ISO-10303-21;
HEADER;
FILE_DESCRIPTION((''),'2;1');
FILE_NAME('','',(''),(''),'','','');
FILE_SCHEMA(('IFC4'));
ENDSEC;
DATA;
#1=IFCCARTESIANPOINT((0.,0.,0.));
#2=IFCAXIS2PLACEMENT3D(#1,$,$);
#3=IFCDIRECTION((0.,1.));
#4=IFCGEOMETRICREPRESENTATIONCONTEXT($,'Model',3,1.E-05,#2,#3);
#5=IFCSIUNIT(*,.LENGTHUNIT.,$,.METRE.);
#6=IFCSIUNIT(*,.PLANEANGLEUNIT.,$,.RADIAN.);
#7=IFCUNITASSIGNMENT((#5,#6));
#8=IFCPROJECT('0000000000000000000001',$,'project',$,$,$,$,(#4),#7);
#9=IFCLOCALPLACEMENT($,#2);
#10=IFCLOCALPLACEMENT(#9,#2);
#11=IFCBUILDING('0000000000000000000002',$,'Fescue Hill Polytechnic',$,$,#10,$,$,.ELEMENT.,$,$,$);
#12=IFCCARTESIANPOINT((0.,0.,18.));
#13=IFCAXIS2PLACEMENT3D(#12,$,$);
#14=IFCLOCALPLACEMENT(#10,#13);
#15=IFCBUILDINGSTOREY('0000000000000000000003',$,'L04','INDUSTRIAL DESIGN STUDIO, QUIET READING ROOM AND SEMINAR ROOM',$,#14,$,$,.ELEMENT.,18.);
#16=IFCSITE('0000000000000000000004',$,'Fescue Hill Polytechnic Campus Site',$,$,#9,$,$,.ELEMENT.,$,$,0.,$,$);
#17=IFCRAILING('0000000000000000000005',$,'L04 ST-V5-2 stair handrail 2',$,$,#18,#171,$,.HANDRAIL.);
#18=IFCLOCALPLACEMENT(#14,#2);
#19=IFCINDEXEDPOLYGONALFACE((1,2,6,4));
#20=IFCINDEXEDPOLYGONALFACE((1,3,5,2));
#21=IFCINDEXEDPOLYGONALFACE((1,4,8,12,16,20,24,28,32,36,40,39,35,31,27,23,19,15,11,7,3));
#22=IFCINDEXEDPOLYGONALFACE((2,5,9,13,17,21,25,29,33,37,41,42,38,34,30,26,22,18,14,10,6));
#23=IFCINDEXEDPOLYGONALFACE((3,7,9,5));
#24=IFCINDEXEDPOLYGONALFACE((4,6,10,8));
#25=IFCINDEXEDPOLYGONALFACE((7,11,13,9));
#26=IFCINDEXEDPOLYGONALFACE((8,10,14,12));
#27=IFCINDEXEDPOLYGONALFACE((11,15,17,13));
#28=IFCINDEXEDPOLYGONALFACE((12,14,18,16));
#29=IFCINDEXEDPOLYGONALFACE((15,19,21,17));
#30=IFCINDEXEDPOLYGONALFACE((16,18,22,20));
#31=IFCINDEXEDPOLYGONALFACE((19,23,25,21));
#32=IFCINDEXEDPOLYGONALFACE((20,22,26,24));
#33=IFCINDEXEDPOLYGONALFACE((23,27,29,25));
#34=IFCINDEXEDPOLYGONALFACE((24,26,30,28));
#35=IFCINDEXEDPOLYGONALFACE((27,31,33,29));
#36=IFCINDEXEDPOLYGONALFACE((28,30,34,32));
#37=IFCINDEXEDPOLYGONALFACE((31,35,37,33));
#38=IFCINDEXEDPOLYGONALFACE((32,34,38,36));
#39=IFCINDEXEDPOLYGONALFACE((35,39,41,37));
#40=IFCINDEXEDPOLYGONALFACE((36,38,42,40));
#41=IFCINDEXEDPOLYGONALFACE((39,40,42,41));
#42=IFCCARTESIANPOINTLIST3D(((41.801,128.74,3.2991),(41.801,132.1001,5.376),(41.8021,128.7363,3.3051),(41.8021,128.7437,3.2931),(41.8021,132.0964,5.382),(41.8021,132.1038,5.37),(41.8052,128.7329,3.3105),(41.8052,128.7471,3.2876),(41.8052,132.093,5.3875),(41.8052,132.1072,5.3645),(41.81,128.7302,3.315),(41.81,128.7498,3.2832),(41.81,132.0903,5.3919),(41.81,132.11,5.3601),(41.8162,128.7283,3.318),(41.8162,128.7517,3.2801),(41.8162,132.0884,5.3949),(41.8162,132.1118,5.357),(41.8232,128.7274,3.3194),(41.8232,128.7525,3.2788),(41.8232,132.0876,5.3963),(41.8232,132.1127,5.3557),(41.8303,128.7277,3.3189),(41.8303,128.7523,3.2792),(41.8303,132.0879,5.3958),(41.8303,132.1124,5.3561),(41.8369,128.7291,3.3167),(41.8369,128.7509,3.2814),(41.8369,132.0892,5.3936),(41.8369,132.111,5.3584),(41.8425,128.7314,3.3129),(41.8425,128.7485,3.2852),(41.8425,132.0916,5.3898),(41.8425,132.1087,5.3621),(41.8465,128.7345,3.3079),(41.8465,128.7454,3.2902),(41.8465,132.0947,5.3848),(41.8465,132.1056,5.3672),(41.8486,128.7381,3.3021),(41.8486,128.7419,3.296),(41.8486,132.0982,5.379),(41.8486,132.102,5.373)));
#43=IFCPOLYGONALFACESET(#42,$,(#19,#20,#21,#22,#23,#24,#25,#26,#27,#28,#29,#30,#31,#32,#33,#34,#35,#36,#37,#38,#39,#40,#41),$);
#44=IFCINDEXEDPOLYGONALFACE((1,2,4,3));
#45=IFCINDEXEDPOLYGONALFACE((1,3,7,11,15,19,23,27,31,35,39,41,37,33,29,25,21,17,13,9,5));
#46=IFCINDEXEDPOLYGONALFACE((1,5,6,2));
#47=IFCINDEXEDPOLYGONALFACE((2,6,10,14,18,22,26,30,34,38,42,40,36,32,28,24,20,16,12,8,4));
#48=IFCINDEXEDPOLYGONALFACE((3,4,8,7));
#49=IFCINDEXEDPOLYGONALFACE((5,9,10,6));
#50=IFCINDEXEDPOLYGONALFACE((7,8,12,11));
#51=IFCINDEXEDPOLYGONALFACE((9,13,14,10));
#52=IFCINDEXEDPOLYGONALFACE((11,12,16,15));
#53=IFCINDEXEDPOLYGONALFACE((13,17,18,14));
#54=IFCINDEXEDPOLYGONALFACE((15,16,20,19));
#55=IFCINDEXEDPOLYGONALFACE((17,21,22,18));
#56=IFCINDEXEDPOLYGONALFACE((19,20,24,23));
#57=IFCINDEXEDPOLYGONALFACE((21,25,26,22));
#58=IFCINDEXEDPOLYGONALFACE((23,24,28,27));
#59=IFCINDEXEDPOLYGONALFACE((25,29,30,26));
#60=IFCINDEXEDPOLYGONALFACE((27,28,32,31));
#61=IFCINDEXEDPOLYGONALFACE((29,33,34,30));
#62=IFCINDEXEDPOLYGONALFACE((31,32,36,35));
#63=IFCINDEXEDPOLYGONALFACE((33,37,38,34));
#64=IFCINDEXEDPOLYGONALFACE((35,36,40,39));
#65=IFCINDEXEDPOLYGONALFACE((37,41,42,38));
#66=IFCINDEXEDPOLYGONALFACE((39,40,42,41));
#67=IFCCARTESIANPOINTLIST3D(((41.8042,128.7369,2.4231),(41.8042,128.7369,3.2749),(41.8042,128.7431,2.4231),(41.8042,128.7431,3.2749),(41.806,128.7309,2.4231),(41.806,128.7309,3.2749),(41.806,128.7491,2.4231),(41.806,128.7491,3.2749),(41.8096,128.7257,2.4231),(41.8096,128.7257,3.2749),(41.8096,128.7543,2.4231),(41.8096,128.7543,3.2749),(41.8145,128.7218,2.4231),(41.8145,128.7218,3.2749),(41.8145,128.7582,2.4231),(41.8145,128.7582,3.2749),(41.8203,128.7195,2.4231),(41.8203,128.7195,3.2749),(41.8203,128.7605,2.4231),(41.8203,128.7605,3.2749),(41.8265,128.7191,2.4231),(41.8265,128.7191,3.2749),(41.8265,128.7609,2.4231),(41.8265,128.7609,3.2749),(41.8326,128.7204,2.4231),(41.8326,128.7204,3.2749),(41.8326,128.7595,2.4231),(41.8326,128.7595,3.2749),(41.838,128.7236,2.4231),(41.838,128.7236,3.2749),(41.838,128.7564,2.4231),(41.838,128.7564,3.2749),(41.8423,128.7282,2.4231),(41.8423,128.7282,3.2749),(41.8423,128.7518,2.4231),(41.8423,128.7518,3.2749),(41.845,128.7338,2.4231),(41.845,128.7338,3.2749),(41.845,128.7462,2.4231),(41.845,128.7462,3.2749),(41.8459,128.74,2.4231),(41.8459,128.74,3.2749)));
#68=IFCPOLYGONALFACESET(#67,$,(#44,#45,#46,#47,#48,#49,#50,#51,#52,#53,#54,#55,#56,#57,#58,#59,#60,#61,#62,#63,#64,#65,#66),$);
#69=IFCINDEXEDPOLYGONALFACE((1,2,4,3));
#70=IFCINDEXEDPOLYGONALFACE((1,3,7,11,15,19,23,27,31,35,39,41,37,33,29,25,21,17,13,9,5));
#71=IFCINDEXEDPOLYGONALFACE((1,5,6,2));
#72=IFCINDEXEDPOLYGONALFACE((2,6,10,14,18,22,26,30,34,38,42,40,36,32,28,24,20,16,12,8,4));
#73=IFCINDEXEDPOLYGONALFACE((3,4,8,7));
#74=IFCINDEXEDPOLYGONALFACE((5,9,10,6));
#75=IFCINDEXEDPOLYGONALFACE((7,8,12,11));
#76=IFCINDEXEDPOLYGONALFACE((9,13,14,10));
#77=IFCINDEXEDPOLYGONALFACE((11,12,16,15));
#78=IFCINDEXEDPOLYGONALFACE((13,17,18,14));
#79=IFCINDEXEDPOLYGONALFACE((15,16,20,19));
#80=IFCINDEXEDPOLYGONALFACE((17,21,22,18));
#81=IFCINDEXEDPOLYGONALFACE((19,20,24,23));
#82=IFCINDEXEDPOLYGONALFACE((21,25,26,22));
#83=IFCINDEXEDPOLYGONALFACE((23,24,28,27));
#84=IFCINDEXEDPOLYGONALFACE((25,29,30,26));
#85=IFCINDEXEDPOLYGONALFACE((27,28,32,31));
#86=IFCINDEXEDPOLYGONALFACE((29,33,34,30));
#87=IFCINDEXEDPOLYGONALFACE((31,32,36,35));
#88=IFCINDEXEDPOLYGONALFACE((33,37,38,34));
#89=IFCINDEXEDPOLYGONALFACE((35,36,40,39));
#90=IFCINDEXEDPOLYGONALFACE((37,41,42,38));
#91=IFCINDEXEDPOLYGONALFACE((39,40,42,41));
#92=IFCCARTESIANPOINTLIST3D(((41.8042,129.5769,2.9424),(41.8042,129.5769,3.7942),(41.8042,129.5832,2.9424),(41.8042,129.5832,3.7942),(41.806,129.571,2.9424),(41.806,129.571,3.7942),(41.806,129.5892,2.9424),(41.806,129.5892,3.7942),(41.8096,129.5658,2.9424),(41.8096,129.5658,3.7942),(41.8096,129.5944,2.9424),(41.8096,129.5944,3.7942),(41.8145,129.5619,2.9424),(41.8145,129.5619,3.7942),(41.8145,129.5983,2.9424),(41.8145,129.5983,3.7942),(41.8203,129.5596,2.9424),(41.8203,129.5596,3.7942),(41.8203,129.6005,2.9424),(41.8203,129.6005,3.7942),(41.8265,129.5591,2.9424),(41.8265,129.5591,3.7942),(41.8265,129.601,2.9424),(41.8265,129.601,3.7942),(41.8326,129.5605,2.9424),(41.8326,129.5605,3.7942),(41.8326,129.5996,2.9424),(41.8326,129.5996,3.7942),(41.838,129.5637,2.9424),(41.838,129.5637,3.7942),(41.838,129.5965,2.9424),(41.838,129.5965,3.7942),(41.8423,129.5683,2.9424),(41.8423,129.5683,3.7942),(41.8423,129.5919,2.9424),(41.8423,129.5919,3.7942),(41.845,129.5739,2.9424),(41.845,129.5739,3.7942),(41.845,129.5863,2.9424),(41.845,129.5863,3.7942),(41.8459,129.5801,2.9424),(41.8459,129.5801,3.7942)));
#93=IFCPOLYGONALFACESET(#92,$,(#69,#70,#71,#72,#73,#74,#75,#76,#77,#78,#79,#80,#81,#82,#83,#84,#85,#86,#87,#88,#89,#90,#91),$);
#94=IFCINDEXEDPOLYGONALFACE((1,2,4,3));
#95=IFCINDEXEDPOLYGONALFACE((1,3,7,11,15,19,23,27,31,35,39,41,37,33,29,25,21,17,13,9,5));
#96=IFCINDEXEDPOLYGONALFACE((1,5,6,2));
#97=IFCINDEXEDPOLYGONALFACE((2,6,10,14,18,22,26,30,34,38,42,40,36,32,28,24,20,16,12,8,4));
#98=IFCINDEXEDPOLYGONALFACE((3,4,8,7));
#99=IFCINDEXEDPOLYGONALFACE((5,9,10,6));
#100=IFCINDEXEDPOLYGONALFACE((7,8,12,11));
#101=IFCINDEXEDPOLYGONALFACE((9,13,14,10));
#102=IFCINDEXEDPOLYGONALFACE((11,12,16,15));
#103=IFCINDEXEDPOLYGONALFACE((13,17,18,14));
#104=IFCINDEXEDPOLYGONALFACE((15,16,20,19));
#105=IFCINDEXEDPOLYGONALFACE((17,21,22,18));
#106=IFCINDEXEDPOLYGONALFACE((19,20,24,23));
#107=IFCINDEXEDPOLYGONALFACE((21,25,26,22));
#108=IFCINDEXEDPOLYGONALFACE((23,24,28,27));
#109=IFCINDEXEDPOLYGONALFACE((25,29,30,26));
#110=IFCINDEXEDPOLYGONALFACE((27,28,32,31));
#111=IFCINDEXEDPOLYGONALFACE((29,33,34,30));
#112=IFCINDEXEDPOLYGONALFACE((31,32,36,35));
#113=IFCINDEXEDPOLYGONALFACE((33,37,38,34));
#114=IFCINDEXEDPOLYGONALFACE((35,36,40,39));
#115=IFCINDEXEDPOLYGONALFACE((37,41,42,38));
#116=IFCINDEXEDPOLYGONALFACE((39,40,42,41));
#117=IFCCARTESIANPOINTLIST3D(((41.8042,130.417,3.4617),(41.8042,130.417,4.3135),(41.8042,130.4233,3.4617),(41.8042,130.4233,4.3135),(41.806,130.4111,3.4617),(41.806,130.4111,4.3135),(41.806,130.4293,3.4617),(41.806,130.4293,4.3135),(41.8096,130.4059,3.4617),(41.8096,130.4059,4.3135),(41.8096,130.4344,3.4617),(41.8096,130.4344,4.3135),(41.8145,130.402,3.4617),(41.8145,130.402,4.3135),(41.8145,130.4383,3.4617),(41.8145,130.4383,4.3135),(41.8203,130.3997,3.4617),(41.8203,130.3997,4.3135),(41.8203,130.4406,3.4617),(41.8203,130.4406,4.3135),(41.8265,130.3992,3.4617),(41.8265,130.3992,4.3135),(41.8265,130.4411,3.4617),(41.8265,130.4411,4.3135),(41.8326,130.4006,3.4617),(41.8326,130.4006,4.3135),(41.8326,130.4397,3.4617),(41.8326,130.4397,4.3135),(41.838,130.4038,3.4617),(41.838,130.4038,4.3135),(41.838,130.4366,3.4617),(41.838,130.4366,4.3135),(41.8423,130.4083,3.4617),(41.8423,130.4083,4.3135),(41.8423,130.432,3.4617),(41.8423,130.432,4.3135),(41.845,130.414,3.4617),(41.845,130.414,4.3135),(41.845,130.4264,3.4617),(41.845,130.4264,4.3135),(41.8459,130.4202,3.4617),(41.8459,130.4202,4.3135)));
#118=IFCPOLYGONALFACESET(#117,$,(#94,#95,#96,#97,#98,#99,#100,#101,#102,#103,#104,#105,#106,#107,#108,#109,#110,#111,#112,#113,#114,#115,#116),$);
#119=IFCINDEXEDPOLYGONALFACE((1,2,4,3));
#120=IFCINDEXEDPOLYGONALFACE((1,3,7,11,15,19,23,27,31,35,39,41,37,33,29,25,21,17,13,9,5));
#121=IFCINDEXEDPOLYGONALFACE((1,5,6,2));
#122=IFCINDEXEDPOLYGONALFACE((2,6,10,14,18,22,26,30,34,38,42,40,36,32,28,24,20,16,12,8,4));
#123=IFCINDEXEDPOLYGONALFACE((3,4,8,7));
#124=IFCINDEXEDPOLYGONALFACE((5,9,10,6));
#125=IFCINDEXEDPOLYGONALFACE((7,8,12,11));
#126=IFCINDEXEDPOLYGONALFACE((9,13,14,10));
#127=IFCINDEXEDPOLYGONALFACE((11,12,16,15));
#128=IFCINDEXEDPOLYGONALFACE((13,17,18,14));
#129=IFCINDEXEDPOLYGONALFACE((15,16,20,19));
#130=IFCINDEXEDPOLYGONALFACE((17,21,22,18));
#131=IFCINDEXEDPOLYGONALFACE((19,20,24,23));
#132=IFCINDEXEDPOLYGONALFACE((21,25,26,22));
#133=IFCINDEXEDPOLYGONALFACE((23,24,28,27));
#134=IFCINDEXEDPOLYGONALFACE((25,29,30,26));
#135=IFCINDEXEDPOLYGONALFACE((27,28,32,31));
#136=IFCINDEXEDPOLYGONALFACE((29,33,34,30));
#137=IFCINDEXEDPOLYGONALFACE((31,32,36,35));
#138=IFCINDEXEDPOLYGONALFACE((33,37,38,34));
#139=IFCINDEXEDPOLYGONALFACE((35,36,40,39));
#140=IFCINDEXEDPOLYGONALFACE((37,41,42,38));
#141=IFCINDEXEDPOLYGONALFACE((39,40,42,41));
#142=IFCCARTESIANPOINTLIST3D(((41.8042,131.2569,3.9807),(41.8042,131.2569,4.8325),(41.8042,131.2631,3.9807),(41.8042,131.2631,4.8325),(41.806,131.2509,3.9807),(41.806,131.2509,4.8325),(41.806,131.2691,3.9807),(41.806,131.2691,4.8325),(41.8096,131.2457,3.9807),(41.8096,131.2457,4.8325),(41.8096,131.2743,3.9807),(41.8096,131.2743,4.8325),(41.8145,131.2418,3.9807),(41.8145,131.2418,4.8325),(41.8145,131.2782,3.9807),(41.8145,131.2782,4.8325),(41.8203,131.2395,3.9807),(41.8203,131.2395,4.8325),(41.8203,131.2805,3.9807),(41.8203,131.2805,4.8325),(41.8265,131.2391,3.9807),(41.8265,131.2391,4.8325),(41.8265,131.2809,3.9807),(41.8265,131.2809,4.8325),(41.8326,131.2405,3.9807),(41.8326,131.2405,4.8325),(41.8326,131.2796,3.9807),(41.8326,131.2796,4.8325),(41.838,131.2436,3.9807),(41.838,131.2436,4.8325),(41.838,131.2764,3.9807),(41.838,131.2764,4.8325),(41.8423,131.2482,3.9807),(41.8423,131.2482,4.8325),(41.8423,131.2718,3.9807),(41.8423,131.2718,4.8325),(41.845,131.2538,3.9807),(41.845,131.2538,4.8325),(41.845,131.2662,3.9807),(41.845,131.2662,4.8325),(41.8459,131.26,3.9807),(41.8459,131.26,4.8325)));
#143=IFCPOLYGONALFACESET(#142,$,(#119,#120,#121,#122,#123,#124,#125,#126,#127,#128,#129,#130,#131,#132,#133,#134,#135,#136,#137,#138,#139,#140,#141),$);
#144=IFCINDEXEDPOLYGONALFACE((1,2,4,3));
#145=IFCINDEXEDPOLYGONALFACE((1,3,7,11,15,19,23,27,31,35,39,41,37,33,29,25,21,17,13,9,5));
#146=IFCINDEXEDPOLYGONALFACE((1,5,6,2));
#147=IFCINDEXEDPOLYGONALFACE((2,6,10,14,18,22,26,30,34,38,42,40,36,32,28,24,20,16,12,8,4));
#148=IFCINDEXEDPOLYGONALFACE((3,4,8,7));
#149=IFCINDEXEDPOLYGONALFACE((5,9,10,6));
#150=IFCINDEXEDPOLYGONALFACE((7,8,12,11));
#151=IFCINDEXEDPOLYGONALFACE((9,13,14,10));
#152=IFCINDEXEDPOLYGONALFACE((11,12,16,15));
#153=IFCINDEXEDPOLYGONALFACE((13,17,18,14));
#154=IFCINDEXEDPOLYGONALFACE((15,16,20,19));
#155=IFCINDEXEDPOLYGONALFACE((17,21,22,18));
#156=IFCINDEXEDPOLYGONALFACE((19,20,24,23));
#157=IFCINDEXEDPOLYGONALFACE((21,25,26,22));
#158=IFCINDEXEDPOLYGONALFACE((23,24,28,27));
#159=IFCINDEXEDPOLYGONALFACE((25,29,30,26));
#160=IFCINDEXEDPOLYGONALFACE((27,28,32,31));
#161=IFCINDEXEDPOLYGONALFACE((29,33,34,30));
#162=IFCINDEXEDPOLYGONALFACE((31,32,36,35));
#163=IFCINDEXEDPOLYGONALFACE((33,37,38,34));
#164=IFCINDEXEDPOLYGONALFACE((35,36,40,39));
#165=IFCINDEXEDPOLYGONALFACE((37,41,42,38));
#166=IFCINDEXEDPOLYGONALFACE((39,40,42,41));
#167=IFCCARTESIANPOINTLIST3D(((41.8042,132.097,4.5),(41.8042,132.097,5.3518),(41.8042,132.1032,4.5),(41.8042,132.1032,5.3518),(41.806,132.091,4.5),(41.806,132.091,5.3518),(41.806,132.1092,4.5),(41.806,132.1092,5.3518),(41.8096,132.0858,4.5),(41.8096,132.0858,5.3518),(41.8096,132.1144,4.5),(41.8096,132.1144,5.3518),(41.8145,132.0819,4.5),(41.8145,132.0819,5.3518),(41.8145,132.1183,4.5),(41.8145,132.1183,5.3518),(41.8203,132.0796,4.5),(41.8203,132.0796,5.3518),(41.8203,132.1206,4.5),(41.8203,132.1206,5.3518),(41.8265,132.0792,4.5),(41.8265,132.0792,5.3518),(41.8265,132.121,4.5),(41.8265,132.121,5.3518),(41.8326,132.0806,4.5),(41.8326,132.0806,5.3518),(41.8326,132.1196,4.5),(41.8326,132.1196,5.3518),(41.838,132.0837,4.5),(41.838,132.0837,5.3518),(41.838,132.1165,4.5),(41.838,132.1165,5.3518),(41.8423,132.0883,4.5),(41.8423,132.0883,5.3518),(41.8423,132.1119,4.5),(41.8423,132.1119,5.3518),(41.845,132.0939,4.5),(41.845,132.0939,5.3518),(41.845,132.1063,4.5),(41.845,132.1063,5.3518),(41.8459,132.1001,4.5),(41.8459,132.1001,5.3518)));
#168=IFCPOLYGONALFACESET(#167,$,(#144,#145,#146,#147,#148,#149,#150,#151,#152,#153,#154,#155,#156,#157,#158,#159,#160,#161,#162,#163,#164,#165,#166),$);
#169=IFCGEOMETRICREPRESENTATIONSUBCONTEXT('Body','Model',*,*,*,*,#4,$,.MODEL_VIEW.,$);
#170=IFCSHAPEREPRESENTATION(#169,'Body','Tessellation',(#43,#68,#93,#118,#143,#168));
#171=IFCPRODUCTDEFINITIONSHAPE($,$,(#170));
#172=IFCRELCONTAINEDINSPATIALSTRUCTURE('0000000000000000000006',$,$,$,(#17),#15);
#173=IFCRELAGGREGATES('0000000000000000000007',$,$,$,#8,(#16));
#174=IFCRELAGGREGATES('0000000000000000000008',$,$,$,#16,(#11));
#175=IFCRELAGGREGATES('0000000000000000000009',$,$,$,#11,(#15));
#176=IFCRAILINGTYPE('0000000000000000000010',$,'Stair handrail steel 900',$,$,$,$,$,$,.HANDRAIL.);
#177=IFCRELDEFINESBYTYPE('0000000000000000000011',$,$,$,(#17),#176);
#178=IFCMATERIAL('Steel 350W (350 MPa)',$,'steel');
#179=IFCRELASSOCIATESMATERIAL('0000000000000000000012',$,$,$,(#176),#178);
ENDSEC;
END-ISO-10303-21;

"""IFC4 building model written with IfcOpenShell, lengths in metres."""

from ifc_helpers import new_model, si_unit, direction, frame, origin, origin_2d, place, context, subcontext, project, spatial, circle, extrude, material, type_object, element, save


model = new_model("IFC4")

# Units and contexts
model_context = context("Model", 3, precision=1e-05, world=origin(), true_north=direction((0.0, 1.0)))
body_context = subcontext(model_context, "Body", "Model", "MODEL_VIEW")
ifc_project = project(units=[si_unit("LENGTHUNIT", "METRE"), si_unit("PLANEANGLEUNIT", "RADIAN")], contexts=[model_context])

# Site, building, storey
site_placement = place(None, origin())
site = spatial("IfcSite", under=ifc_project, at=site_placement, Name="Fescue Hill Polytechnic Campus Site", CompositionType="ELEMENT", RefElevation=0.0)
building_placement = place(site_placement, origin())
building = spatial("IfcBuilding", under=site, at=building_placement, Name="Fescue Hill Polytechnic", CompositionType="ELEMENT")
storey_placement = place(building_placement, frame((0.0, 0.0, 18.0)))
storey = spatial("IfcBuildingStorey", under=building, at=storey_placement, Name="L04", Description="INDUSTRIAL DESIGN STUDIO, QUIET READING ROOM AND SEMINAR ROOM", CompositionType="ELEMENT", Elevation=18.0)

# Railing
ifc_material_1 = material(Name="Steel 350W (350 MPa)", Category="steel")
railing_type_1 = type_object("IfcRailingType", Name="Stair handrail steel 900", PredefinedType="HANDRAIL", material=ifc_material_1)
railing_1_placement = place(storey_placement, frame((41.825, 128.74, 2.4231)))
element("IfcRailing", 1, at=railing_1_placement, inside=storey, type_object=railing_type_1, Name="L04 ST-V5-2 stair handrail 2", PredefinedType="HANDRAIL", context=body_context, shape_type="SweptSolid", body=[
    extrude(circle(Radius=0.0239, at=origin_2d()), frame((0.0, 0.0, 0.876), z_axis=(0.0, 0.850623, 0.525776), x_axis=(-1.0, 0.0, 0.0)), (0.0, 0.0, 1.0), 3.9502),
    extrude(circle(Radius=0.021, at=origin_2d()), origin(), (0.0, 0.0, 1.0), 0.8518),
    extrude(circle(Radius=0.021, at=origin_2d()), frame((0.0, 0.8401, 0.5193)), (0.0, 0.0, 1.0), 0.8518),
    extrude(circle(Radius=0.021, at=origin_2d()), frame((0.0, 1.6802, 1.0386)), (0.0, 0.0, 1.0), 0.8518),
    extrude(circle(Radius=0.021, at=origin_2d()), frame((0.0, 2.52, 1.5576)), (0.0, 0.0, 1.0), 0.8518),
    extrude(circle(Radius=0.021, at=origin_2d()), frame((0.0, 3.3601, 2.0769)), (0.0, 0.0, 1.0), 0.8518),
])

save(model, "model.ifc")
